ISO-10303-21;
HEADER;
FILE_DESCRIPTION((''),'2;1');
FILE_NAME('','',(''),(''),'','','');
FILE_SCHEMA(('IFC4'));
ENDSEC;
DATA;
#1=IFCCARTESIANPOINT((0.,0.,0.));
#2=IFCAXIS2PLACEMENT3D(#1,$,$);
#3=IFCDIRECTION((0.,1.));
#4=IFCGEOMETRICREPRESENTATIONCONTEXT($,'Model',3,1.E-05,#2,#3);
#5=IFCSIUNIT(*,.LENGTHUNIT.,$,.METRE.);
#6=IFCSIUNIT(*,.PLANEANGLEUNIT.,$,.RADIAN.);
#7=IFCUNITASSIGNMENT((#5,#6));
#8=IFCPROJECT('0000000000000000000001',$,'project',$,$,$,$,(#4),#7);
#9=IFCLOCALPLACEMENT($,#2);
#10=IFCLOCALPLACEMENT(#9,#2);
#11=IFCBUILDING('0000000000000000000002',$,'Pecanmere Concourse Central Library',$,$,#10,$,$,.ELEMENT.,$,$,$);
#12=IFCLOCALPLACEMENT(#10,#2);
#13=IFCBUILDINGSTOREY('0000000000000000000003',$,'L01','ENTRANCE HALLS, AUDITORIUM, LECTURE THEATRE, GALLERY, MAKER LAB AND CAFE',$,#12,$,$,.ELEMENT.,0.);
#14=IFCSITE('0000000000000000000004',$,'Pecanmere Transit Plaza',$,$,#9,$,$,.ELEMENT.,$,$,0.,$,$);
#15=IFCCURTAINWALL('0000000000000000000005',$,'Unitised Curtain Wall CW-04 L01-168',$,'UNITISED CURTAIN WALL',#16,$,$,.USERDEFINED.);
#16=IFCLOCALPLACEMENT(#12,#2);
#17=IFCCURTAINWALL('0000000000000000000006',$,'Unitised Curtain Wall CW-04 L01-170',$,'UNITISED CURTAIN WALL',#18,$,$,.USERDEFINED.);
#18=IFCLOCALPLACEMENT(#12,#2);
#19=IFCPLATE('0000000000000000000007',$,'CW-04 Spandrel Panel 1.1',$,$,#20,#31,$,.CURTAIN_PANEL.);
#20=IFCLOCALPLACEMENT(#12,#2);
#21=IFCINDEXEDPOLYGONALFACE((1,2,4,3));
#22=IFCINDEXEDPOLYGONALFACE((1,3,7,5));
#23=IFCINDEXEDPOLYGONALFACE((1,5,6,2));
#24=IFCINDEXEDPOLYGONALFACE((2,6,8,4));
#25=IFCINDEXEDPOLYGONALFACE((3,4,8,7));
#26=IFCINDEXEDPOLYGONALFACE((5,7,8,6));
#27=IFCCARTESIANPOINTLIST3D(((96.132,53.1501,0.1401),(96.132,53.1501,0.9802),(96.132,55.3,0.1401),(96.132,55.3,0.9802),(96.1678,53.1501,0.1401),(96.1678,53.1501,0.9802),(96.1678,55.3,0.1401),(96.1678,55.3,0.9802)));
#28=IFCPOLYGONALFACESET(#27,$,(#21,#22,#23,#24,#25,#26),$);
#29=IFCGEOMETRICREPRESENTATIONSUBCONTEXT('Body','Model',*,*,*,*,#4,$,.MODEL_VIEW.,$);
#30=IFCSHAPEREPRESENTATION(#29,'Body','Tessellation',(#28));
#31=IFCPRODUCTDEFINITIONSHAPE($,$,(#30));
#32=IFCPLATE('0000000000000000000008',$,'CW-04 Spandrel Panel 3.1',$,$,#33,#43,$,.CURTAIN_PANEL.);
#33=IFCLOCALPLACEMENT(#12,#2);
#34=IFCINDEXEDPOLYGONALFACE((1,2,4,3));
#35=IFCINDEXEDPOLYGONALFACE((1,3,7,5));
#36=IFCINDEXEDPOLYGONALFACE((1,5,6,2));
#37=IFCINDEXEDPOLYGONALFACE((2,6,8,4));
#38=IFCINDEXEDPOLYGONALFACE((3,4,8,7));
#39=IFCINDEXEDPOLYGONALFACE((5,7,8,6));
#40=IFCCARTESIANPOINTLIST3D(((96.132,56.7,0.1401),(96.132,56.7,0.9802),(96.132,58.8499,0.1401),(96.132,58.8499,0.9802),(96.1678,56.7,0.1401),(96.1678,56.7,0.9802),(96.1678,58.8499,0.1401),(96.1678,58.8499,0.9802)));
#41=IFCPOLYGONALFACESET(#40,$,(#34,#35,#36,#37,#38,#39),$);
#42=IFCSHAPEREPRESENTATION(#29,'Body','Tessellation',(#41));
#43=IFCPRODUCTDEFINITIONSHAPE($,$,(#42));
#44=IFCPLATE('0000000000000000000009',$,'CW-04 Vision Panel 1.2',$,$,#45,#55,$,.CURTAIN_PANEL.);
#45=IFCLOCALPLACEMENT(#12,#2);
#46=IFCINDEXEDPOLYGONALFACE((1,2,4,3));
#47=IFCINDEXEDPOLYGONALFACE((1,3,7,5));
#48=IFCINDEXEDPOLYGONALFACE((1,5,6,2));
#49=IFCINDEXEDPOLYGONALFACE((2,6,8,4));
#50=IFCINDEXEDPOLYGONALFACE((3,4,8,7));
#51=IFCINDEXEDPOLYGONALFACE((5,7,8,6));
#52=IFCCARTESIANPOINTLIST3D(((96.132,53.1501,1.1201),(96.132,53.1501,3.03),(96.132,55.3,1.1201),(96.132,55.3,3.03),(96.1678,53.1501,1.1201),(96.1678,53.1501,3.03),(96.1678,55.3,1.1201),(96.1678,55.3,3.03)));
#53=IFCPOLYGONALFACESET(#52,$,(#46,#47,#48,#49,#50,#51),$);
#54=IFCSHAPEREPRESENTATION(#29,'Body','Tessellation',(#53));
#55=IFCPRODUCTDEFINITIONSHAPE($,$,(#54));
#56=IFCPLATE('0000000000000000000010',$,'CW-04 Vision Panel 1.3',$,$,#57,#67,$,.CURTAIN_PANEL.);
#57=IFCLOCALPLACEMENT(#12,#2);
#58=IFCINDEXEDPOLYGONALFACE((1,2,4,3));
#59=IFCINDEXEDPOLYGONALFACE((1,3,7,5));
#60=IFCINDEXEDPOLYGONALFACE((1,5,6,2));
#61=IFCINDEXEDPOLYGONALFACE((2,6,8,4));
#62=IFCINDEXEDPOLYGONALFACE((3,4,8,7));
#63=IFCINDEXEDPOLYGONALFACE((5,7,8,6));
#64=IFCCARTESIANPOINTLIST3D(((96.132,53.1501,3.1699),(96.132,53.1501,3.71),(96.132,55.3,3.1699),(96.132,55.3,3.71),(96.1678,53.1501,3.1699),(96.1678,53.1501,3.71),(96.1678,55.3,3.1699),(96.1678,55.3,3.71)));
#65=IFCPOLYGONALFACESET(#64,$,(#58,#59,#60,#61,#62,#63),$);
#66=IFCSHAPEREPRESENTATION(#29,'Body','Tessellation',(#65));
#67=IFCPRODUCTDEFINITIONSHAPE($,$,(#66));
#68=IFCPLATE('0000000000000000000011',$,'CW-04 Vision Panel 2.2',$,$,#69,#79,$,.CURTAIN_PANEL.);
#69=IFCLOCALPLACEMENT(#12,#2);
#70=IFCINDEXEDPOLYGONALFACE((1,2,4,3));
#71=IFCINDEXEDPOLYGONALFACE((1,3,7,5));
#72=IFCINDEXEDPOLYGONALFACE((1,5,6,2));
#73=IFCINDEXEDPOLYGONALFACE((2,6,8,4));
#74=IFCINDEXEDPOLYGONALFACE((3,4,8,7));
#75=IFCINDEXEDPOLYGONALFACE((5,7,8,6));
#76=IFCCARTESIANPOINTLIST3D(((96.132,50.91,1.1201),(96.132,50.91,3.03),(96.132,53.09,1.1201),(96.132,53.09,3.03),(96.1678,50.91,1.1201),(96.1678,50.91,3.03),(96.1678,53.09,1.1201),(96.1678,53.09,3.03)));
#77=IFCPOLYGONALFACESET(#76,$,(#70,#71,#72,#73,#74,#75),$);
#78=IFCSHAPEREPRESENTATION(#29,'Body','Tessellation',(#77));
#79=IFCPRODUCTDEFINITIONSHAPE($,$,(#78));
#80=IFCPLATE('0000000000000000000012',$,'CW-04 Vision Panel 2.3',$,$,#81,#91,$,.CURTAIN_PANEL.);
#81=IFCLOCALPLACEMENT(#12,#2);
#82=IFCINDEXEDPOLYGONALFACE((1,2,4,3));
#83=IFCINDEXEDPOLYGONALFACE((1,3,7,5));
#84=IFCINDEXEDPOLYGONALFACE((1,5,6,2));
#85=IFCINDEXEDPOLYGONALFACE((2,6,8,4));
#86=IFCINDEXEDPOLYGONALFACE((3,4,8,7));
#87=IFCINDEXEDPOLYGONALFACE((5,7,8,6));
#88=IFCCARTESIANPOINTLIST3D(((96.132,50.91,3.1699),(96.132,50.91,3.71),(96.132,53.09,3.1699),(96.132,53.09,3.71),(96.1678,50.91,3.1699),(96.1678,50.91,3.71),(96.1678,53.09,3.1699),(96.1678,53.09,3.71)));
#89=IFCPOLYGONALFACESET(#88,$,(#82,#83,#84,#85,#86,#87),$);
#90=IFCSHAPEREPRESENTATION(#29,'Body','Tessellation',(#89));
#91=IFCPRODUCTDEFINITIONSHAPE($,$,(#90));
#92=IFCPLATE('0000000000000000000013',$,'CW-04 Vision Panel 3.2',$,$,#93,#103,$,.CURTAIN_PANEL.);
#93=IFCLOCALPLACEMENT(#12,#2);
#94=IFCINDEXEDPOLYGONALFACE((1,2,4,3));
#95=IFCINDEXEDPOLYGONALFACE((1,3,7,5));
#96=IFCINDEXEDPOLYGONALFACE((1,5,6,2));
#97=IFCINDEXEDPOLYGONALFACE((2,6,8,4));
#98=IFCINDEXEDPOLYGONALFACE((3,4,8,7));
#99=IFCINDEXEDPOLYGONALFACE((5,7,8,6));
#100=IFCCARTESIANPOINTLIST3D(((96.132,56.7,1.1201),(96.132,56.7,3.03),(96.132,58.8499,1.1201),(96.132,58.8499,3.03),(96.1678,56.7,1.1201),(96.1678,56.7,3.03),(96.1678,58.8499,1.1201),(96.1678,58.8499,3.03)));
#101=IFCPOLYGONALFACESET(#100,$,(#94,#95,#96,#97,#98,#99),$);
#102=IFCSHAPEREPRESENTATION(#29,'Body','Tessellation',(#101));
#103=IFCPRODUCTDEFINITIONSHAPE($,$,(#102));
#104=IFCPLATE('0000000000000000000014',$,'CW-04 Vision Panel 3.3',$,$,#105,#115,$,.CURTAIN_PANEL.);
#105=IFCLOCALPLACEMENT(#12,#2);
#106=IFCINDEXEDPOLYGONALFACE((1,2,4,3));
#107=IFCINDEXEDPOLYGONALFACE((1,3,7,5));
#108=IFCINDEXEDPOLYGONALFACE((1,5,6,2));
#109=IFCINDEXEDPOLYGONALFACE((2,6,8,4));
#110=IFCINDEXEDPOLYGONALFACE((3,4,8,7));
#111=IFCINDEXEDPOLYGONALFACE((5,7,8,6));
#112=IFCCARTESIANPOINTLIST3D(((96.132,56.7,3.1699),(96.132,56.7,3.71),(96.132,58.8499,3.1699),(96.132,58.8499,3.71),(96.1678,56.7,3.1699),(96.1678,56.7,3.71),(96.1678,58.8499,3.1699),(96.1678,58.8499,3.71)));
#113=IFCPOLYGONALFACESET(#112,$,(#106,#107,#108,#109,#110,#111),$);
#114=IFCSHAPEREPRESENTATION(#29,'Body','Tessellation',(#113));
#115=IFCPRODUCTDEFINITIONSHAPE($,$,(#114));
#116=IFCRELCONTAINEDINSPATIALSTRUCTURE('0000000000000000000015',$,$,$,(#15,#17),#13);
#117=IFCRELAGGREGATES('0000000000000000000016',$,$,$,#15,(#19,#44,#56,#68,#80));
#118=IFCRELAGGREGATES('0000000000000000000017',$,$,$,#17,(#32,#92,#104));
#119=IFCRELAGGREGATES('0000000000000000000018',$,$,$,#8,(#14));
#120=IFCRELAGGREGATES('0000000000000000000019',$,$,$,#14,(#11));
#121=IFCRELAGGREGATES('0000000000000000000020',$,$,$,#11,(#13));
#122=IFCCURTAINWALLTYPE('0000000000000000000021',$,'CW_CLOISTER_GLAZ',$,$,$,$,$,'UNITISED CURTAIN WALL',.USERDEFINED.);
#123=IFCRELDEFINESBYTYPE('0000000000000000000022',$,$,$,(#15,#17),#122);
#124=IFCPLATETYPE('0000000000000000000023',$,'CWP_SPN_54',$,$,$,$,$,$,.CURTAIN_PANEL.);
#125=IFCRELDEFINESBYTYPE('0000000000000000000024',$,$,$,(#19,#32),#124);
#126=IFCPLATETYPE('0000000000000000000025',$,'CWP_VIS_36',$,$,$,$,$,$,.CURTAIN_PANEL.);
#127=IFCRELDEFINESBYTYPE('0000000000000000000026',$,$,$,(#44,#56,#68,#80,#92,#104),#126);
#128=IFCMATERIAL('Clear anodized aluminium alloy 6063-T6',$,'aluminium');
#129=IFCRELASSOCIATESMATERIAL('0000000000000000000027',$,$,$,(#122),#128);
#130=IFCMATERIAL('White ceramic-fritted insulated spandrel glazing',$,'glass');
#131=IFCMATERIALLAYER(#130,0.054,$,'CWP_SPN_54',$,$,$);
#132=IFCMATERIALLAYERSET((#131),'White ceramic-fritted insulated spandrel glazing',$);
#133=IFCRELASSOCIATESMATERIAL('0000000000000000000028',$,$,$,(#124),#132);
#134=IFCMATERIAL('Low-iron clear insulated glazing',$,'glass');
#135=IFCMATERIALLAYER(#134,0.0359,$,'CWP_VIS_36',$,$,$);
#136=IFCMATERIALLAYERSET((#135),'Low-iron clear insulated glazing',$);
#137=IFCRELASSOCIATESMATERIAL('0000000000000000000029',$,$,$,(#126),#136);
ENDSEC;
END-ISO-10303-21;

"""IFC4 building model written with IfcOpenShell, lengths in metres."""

from ifc_helpers import new_model, si_unit, direction, frame, origin, origin_2d, place, context, subcontext, project, spatial, rectangle, extrude, material, layer, layer_set, type_object, element, aggregate, save


model = new_model("IFC4")

# Units and contexts
model_context = context("Model", 3, precision=1e-05, world=origin(), true_north=direction((0.0, 1.0)))
body_context = subcontext(model_context, "Body", "Model", "MODEL_VIEW")
ifc_project = project(units=[si_unit("LENGTHUNIT", "METRE"), si_unit("PLANEANGLEUNIT", "RADIAN")], contexts=[model_context])

# Site, building, storey
site_placement = place(None, origin())
site = spatial("IfcSite", under=ifc_project, at=site_placement, Name="Pecanmere Transit Plaza", CompositionType="ELEMENT", RefElevation=0.0)
building_placement = place(site_placement, origin())
building = spatial("IfcBuilding", under=site, at=building_placement, Name="Pecanmere Concourse Central Library", CompositionType="ELEMENT")
storey_placement = place(building_placement, origin())
storey = spatial("IfcBuildingStorey", under=building, at=storey_placement, Name="L01", Description="ENTRANCE HALLS, AUDITORIUM, LECTURE THEATRE, GALLERY, MAKER LAB AND CAFE", CompositionType="ELEMENT", Elevation=0.0)

# Curtain wall
ifc_material_1 = material(Name="Clear anodized aluminium alloy 6063-T6", Category="aluminium")
curtain_wall_type = type_object("IfcCurtainWallType", Name="CW_CLOISTER_GLAZ", ElementType="UNITISED CURTAIN WALL", PredefinedType="USERDEFINED", material=ifc_material_1)
curtain_wall_1_placement = place(storey_placement, origin())
curtain_wall_1 = element("IfcCurtainWall", 1, at=curtain_wall_1_placement, inside=storey, type_object=curtain_wall_type, Name="Unitised Curtain Wall CW-04 L01-168", ObjectType="UNITISED CURTAIN WALL", PredefinedType="USERDEFINED")

# Curtain wall
curtain_wall_2_placement = place(storey_placement, origin())
curtain_wall_2 = element("IfcCurtainWall", 2, at=curtain_wall_2_placement, inside=storey, type_object=curtain_wall_type, Name="Unitised Curtain Wall CW-04 L01-170", ObjectType="UNITISED CURTAIN WALL", PredefinedType="USERDEFINED")

# Plates
ifc_material_2 = material(Name="White ceramic-fritted insulated spandrel glazing", Category="glass")
ifc_layer_1 = layer(ifc_material_2, 0.054, Name="CWP_SPN_54")
ifc_layer_set_1 = layer_set([ifc_layer_1], Name="White ceramic-fritted insulated spandrel glazing")
plate_type_1 = type_object("IfcPlateType", Name="CWP_SPN_54", PredefinedType="CURTAIN_PANEL", material=ifc_layer_set_1)
plate_1_placement = place(storey_placement, frame((96.1499, 54.2251, 0.1401), z_axis=(0.0, 0.0, 1.0), x_axis=(0.0, -1.0, 0.0)))
plate_1 = element("IfcPlate", 3, at=plate_1_placement, type_object=plate_type_1, Name="CW-04 Spandrel Panel 1.1", PredefinedType="CURTAIN_PANEL", context=body_context, shape_type="SweptSolid", body=[
    extrude(rectangle(XDim=2.1499, YDim=0.0359, at=origin_2d()), origin(), (0.0, 0.0, 1.0), 0.8401),
])
plate_2_placement = place(storey_placement, frame((96.1499, 57.7749, 0.1401), z_axis=(0.0, 0.0, 1.0), x_axis=(0.0, -1.0, 0.0)))
plate_2 = element("IfcPlate", 4, at=plate_2_placement, type_object=plate_type_1, Name="CW-04 Spandrel Panel 3.1", PredefinedType="CURTAIN_PANEL", context=body_context, shape_type="SweptSolid", body=[
    extrude(rectangle(XDim=2.1499, YDim=0.0359, at=origin_2d()), origin(), (0.0, 0.0, 1.0), 0.8401),
])
ifc_material_3 = material(Name="Low-iron clear insulated glazing", Category="glass")
ifc_layer_2 = layer(ifc_material_3, 0.0359, Name="CWP_VIS_36")
ifc_layer_set_2 = layer_set([ifc_layer_2], Name="Low-iron clear insulated glazing")
plate_type_2 = type_object("IfcPlateType", Name="CWP_VIS_36", PredefinedType="CURTAIN_PANEL", material=ifc_layer_set_2)
plate_3_placement = place(storey_placement, frame((96.1499, 54.2251, 1.1201), z_axis=(0.0, 0.0, 1.0), x_axis=(0.0, -1.0, 0.0)))
plate_3 = element("IfcPlate", 5, at=plate_3_placement, type_object=plate_type_2, Name="CW-04 Vision Panel 1.2", PredefinedType="CURTAIN_PANEL", context=body_context, shape_type="SweptSolid", body=[
    extrude(rectangle(XDim=2.1499, YDim=0.0359, at=origin_2d()), origin(), (0.0, 0.0, 1.0), 1.9099),
])
plate_4_placement = place(storey_placement, frame((96.1499, 54.2251, 3.1699), z_axis=(0.0, 0.0, 1.0), x_axis=(0.0, -1.0, 0.0)))
plate_4 = element("IfcPlate", 6, at=plate_4_placement, type_object=plate_type_2, Name="CW-04 Vision Panel 1.3", PredefinedType="CURTAIN_PANEL", context=body_context, shape_type="SweptSolid", body=[
    extrude(rectangle(XDim=2.1499, YDim=0.0359, at=origin_2d()), origin(), (0.0, 0.0, 1.0), 0.54),
])
plate_5_placement = place(storey_placement, frame((96.1499, 52.0, 1.1201), z_axis=(0.0, 0.0, 1.0), x_axis=(0.0, -1.0, 0.0)))
plate_5 = element("IfcPlate", 7, at=plate_5_placement, type_object=plate_type_2, Name="CW-04 Vision Panel 2.2", PredefinedType="CURTAIN_PANEL", context=body_context, shape_type="SweptSolid", body=[
    extrude(rectangle(XDim=2.1799, YDim=0.0359, at=origin_2d()), origin(), (0.0, 0.0, 1.0), 1.9099),
])
plate_6_placement = place(storey_placement, frame((96.1499, 52.0, 3.1699), z_axis=(0.0, 0.0, 1.0), x_axis=(0.0, -1.0, 0.0)))
plate_6 = element("IfcPlate", 8, at=plate_6_placement, type_object=plate_type_2, Name="CW-04 Vision Panel 2.3", PredefinedType="CURTAIN_PANEL", context=body_context, shape_type="SweptSolid", body=[
    extrude(rectangle(XDim=2.1799, YDim=0.0359, at=origin_2d()), origin(), (0.0, 0.0, 1.0), 0.54),
])
aggregate(curtain_wall_1, [plate_1, plate_3, plate_4, plate_5, plate_6])
plate_7_placement = place(storey_placement, frame((96.1499, 57.7749, 1.1201), z_axis=(0.0, 0.0, 1.0), x_axis=(0.0, -1.0, 0.0)))
plate_7 = element("IfcPlate", 9, at=plate_7_placement, type_object=plate_type_2, Name="CW-04 Vision Panel 3.2", PredefinedType="CURTAIN_PANEL", context=body_context, shape_type="SweptSolid", body=[
    extrude(rectangle(XDim=2.1499, YDim=0.0359, at=origin_2d()), origin(), (0.0, 0.0, 1.0), 1.9099),
])
plate_8_placement = place(storey_placement, frame((96.1499, 57.7749, 3.1699), z_axis=(0.0, 0.0, 1.0), x_axis=(0.0, -1.0, 0.0)))
plate_8 = element("IfcPlate", 10, at=plate_8_placement, type_object=plate_type_2, Name="CW-04 Vision Panel 3.3", PredefinedType="CURTAIN_PANEL", context=body_context, shape_type="SweptSolid", body=[
    extrude(rectangle(XDim=2.1499, YDim=0.0359, at=origin_2d()), origin(), (0.0, 0.0, 1.0), 0.54),
])
aggregate(curtain_wall_2, [plate_2, plate_7, plate_8])

save(model, "model.ifc")
